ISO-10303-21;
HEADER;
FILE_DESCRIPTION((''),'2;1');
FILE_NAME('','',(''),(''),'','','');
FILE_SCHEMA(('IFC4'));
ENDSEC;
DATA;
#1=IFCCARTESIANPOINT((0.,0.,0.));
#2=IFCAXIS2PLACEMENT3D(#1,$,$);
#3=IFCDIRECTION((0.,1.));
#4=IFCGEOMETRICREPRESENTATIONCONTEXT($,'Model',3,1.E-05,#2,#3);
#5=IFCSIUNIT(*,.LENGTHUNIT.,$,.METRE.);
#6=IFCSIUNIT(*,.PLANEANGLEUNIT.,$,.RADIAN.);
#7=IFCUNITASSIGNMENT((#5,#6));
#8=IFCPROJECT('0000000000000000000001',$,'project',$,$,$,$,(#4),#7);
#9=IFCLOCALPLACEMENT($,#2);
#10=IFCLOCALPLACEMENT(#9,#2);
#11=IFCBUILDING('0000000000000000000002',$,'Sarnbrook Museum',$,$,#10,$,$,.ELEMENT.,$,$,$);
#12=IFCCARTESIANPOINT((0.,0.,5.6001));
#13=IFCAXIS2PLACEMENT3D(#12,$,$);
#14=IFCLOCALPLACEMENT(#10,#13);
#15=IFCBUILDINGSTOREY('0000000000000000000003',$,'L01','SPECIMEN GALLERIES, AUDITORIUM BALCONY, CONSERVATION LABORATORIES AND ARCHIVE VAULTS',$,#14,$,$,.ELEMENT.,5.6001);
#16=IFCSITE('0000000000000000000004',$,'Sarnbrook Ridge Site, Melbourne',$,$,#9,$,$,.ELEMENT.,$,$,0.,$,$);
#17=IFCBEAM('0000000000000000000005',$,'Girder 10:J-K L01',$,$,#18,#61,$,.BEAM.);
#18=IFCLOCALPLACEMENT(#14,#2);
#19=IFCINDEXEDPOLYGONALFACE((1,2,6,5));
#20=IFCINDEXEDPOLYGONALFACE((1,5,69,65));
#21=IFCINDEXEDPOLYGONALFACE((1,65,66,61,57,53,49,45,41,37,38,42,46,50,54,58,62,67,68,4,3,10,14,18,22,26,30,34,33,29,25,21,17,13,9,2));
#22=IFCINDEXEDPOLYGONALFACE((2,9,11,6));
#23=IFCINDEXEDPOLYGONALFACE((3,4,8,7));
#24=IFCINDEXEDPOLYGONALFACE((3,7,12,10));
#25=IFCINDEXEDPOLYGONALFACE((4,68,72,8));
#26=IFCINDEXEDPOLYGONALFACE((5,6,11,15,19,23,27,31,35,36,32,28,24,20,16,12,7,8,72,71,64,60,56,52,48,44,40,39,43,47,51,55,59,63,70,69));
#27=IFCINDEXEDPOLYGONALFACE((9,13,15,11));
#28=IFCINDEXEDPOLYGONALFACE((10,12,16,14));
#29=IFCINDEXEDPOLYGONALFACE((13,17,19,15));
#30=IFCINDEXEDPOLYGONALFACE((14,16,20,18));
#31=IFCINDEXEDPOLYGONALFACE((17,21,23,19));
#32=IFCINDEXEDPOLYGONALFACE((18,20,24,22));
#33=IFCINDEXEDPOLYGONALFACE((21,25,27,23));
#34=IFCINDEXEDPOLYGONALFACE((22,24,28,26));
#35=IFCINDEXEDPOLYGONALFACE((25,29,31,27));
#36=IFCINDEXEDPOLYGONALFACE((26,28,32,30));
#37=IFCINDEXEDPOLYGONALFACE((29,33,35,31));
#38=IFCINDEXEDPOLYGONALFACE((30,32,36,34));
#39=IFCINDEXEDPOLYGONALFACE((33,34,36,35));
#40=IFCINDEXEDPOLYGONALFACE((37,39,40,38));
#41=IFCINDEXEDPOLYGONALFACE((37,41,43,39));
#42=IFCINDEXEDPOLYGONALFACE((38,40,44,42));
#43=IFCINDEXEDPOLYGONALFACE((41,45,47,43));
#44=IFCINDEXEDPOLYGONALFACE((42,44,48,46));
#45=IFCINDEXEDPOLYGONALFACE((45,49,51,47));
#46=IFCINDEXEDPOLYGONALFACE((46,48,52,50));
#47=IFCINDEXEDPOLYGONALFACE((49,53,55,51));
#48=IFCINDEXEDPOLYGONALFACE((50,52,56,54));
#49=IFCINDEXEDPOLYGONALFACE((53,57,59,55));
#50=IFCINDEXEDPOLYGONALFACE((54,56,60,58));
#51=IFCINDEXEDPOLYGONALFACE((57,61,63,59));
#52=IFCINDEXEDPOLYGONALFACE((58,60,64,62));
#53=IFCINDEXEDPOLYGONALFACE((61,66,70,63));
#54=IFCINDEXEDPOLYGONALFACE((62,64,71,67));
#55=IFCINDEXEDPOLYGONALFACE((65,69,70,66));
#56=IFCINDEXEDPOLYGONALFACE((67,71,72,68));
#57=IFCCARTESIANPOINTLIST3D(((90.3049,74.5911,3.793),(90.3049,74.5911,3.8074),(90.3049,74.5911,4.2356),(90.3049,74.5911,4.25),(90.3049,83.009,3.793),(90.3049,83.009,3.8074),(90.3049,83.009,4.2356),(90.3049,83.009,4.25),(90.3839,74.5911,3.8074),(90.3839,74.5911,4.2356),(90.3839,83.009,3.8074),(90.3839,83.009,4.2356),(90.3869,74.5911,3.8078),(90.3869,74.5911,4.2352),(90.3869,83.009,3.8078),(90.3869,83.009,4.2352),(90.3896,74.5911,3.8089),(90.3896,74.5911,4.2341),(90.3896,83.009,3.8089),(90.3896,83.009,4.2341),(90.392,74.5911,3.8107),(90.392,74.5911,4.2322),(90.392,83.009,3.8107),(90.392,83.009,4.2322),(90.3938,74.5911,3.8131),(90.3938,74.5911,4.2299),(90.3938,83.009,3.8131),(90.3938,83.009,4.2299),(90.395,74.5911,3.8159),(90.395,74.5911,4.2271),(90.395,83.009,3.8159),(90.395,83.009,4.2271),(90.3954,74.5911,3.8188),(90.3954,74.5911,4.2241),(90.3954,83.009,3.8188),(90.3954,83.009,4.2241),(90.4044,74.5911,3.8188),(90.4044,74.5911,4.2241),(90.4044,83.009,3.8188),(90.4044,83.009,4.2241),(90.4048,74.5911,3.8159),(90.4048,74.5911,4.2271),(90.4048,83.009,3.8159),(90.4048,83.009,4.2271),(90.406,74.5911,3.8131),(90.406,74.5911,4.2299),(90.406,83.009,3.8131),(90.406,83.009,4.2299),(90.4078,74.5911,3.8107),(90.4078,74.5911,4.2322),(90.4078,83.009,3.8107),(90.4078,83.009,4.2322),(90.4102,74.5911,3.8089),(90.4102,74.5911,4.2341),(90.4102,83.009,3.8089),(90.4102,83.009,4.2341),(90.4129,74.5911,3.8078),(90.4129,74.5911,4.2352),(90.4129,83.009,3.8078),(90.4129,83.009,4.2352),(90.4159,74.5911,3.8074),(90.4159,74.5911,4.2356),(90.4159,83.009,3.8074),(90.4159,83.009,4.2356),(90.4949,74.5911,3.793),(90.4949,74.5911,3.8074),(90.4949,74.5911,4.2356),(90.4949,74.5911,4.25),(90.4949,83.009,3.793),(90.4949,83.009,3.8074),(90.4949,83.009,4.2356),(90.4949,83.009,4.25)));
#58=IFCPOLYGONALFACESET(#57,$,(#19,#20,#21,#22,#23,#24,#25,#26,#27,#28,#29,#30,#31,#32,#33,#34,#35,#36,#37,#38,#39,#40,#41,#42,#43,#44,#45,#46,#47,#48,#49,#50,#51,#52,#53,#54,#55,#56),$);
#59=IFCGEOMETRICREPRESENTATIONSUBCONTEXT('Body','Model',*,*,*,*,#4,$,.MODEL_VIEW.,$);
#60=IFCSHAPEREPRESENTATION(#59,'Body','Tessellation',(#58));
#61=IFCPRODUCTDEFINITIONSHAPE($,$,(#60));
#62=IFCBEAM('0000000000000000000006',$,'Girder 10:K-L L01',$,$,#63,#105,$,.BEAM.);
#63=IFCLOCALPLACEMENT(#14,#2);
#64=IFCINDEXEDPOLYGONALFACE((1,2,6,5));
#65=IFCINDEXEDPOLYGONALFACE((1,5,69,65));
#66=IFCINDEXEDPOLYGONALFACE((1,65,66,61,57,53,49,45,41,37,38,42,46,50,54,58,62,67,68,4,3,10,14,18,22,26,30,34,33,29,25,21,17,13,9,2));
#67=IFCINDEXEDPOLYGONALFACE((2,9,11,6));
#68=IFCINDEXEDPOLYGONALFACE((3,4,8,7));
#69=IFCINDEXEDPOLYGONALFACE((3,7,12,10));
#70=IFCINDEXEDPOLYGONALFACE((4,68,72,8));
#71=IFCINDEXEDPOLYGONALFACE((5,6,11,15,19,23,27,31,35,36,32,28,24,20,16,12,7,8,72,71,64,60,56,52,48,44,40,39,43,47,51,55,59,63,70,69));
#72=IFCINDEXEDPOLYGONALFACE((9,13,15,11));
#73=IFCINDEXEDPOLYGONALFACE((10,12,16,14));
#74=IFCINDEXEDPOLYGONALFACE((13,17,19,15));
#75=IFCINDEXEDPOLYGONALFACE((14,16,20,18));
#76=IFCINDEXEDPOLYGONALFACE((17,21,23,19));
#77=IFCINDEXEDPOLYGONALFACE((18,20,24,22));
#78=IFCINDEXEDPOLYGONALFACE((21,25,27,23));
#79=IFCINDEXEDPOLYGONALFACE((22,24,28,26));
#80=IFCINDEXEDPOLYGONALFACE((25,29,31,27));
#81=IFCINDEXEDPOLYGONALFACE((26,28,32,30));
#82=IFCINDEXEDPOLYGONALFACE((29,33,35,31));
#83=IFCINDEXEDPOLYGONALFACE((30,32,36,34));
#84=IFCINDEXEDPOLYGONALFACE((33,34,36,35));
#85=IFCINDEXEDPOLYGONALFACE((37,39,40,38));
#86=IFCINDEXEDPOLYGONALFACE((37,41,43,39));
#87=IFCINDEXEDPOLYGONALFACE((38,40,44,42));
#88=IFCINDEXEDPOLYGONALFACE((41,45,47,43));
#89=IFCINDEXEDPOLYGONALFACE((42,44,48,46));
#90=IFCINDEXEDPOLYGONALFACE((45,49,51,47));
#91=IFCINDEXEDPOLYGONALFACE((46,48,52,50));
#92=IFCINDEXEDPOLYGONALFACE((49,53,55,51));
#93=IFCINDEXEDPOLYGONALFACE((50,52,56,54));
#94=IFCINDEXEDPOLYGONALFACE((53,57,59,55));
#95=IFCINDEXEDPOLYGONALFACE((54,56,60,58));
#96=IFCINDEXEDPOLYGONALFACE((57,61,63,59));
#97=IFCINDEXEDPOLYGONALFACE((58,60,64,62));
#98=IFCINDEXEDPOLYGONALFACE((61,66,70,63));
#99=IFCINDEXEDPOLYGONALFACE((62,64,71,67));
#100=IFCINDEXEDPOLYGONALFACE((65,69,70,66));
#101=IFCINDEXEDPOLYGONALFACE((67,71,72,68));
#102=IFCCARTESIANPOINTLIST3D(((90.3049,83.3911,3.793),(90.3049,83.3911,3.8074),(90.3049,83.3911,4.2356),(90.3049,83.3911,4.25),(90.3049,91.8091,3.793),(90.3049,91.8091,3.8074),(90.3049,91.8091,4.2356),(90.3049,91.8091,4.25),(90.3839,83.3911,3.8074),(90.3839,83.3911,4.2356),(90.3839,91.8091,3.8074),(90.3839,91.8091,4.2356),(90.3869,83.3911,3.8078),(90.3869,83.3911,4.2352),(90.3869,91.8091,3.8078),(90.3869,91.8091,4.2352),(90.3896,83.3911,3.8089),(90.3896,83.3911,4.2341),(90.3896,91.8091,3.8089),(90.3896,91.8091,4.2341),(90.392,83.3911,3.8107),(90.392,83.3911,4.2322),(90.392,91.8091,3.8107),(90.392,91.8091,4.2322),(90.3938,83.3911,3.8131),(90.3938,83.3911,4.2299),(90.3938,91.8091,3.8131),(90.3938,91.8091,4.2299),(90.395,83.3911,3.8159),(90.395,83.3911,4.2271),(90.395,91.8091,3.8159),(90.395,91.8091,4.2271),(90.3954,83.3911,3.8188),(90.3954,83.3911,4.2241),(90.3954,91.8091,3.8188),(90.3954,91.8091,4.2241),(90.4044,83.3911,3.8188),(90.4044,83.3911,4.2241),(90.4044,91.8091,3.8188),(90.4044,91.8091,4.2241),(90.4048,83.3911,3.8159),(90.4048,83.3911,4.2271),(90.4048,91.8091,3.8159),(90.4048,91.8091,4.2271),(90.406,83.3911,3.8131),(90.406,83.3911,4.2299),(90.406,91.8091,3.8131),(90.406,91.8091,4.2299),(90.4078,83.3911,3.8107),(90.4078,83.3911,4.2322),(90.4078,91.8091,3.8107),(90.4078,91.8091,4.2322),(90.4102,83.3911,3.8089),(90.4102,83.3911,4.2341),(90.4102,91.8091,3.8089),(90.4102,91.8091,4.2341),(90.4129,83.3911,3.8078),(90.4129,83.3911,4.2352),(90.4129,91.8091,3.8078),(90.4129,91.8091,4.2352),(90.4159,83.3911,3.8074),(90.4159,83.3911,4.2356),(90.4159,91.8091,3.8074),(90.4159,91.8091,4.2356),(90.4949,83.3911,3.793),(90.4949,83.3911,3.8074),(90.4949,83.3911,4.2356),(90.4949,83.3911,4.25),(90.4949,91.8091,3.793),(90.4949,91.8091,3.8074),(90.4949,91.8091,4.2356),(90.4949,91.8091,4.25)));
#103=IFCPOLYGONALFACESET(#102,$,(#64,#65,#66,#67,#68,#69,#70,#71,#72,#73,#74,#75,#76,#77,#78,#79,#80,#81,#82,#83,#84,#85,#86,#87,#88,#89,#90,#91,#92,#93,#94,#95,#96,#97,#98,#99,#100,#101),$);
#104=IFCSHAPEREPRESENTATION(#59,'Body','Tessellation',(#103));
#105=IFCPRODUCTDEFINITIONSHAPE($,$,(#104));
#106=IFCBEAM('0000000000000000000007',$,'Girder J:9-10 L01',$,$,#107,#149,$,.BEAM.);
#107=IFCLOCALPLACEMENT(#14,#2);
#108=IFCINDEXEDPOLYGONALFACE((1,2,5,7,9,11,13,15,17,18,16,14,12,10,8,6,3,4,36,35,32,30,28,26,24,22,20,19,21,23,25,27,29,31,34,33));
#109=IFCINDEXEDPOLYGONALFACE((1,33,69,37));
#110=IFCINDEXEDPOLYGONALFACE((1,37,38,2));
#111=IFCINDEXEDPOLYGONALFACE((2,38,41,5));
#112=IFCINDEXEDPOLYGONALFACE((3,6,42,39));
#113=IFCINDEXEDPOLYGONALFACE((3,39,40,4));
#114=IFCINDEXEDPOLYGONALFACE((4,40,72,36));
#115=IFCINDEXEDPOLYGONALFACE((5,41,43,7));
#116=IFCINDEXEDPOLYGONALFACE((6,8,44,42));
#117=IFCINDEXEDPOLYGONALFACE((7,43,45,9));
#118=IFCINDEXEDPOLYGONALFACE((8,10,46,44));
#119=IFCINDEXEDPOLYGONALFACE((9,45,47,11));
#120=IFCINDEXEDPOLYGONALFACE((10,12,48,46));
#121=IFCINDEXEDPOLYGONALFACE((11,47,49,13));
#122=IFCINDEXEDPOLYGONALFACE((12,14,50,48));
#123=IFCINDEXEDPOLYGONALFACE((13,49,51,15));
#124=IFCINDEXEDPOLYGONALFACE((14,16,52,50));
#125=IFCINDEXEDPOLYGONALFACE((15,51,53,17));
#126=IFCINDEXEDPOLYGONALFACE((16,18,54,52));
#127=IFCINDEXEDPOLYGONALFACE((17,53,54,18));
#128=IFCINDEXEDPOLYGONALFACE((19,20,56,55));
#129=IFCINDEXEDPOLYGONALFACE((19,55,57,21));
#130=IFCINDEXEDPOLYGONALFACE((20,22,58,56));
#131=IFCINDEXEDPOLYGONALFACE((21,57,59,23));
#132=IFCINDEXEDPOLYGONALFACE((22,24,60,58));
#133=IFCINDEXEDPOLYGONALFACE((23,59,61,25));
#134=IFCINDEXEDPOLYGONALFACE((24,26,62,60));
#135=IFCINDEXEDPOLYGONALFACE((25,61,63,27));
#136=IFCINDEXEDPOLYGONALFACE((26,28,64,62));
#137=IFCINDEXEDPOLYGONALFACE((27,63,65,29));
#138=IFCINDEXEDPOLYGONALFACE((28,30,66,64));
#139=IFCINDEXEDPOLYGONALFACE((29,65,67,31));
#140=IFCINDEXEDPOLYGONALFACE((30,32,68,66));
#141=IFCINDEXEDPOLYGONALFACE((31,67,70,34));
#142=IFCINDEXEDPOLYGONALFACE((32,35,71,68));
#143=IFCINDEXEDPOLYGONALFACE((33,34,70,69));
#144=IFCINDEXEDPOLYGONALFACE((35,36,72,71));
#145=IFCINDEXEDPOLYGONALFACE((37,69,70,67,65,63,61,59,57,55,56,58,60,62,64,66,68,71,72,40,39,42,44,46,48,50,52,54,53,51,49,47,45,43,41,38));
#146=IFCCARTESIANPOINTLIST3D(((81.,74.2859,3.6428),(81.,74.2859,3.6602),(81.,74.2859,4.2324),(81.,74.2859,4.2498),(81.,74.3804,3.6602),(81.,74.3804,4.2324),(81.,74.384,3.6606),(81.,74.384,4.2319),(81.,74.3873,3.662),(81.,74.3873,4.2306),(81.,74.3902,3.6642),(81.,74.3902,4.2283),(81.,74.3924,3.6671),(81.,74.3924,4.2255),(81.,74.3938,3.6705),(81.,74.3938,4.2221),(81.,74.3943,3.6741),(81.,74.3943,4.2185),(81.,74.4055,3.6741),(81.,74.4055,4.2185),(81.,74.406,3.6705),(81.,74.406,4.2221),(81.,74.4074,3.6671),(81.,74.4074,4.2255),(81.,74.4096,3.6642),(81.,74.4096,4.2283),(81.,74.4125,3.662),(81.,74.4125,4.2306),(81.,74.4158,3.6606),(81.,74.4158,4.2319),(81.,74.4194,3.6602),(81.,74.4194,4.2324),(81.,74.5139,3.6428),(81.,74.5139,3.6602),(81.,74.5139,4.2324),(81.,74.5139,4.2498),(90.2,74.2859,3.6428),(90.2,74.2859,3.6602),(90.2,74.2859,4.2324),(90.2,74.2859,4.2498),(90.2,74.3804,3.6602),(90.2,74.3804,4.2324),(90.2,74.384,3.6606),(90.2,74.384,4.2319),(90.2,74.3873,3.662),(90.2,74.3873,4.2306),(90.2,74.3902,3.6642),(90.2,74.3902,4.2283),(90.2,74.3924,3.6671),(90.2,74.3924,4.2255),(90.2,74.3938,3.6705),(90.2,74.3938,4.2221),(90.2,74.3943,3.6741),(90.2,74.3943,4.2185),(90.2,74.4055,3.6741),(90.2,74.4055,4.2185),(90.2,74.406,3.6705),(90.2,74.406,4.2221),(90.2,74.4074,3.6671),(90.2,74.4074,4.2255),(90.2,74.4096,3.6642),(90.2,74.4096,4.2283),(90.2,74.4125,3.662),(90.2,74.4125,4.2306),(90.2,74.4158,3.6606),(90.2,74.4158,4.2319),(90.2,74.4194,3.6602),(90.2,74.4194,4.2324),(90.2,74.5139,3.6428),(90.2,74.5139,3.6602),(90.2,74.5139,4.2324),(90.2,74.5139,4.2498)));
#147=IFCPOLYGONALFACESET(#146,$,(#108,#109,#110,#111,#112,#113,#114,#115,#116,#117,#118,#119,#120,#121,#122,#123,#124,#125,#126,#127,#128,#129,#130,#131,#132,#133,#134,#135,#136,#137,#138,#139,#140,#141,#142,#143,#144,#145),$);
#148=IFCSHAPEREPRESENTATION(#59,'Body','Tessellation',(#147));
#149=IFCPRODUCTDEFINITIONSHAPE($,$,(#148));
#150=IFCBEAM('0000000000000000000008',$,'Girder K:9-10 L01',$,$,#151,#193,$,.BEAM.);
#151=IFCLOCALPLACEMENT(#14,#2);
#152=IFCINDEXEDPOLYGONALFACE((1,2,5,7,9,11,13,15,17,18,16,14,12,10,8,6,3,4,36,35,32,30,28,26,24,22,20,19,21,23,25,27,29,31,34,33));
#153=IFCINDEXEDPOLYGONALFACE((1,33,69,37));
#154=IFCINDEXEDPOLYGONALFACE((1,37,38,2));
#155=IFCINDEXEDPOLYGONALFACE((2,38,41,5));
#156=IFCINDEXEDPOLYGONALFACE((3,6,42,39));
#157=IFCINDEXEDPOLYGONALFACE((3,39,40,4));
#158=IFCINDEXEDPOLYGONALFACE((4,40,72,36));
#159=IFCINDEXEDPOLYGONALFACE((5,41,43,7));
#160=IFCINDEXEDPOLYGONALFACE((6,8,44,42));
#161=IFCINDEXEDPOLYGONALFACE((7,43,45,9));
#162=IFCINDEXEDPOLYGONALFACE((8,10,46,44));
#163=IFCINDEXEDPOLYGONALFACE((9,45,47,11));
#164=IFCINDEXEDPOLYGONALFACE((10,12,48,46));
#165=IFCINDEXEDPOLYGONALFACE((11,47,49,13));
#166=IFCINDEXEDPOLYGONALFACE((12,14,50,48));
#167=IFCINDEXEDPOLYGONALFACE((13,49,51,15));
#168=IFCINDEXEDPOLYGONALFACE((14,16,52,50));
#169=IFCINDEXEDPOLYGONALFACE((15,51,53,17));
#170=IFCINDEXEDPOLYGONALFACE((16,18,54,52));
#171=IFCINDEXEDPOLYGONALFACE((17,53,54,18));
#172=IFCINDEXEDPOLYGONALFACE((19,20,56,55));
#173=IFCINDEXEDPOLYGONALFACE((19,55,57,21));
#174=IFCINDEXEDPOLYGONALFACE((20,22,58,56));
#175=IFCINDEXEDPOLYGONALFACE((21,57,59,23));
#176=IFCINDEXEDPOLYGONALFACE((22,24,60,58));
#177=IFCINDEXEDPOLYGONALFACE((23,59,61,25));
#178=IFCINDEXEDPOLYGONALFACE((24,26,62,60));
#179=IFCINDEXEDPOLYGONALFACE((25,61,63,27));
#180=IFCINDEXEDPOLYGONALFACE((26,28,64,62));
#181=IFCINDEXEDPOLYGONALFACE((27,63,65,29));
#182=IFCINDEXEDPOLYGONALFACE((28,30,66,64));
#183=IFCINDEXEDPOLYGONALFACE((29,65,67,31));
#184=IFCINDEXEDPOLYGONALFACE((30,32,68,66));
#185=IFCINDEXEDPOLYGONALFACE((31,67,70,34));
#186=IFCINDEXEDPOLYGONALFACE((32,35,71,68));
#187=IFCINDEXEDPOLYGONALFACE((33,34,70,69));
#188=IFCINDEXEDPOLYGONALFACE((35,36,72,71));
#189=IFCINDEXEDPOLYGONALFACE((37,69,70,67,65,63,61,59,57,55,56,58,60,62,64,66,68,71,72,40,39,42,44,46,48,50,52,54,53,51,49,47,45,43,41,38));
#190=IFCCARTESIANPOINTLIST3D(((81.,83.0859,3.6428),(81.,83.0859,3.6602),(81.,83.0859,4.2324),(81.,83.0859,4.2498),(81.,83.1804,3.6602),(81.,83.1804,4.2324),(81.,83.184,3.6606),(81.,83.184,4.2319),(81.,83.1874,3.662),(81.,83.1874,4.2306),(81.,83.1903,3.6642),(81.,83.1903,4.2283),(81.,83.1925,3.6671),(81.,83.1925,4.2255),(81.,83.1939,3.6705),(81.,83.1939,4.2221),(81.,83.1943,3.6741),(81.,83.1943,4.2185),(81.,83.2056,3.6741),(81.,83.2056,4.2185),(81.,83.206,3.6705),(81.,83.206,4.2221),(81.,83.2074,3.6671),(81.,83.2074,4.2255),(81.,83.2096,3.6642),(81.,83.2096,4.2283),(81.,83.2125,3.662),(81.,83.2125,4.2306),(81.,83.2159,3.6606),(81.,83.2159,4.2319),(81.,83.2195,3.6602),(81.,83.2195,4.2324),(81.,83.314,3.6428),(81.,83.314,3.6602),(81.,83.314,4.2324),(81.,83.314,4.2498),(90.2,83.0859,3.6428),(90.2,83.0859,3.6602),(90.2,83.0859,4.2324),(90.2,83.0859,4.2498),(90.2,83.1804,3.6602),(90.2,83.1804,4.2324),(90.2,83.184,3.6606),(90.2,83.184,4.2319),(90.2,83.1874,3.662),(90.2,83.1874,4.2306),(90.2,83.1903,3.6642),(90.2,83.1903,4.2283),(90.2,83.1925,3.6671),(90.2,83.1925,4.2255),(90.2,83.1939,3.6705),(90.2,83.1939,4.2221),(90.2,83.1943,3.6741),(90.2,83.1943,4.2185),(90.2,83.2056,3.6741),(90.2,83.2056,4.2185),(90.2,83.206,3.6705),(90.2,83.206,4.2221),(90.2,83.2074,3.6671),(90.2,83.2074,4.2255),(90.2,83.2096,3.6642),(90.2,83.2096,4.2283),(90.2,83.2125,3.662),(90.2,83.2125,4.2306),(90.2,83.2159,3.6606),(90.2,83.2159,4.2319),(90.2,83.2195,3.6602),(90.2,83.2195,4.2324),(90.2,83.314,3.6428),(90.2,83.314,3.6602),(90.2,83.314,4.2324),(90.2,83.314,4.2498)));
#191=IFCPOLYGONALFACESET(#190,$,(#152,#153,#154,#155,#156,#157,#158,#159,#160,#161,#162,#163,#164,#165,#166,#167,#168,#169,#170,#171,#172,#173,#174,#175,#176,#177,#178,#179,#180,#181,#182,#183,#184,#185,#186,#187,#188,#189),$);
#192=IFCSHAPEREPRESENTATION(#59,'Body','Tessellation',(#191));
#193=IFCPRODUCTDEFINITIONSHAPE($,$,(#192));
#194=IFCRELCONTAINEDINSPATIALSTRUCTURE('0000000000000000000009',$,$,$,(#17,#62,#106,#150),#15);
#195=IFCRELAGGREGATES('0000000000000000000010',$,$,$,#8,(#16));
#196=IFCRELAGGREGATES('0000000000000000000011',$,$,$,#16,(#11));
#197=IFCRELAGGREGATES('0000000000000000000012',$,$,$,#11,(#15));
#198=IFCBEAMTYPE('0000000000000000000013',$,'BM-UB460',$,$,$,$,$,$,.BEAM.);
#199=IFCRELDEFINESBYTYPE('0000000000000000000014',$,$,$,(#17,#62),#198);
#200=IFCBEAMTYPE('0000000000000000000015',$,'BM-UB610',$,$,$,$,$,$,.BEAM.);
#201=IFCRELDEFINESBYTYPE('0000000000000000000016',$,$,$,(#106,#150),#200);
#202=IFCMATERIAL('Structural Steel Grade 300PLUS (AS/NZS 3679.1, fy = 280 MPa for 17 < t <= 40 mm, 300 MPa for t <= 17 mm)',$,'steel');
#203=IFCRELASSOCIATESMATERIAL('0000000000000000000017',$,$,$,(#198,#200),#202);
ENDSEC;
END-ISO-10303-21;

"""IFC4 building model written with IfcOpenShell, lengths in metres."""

from ifc_helpers import new_model, si_unit, direction, frame, origin, origin_2d, place, context, subcontext, project, spatial, i_section, extrude, material, material_profile, profile_set, type_object, element, save


model = new_model("IFC4")

# Units and contexts
model_context = context("Model", 3, precision=1e-05, world=origin(), true_north=direction((0.0, 1.0)))
body_context = subcontext(model_context, "Body", "Model", "MODEL_VIEW")
ifc_project = project(units=[si_unit("LENGTHUNIT", "METRE"), si_unit("PLANEANGLEUNIT", "RADIAN")], contexts=[model_context])

# Site, building, storey
site_placement = place(None, origin())
site = spatial("IfcSite", under=ifc_project, at=site_placement, Name="Sarnbrook Ridge Site, Melbourne", CompositionType="ELEMENT", RefElevation=0.0)
building_placement = place(site_placement, origin())
building = spatial("IfcBuilding", under=site, at=building_placement, Name="Sarnbrook Museum", CompositionType="ELEMENT")
storey_placement = place(building_placement, frame((0.0, 0.0, 5.6001)))
storey = spatial("IfcBuildingStorey", under=building, at=storey_placement, Name="L01", Description="SPECIMEN GALLERIES, AUDITORIUM BALCONY, CONSERVATION LABORATORIES AND ARCHIVE VAULTS", CompositionType="ELEMENT", Elevation=5.6001)

# Beams
ifc_material_1 = material(Name="Structural Steel Grade 300PLUS (AS/NZS 3679.1, fy = 280 MPa for 17 < t <= 40 mm, 300 MPa for t <= 17 mm)", Category="steel")
ifc_material_profile_1 = material_profile(ifc_material_1, i_section(OverallWidth=0.1899, OverallDepth=0.457, WebThickness=0.009, FlangeThickness=0.0144, FilletRadius=0.0115, at=origin_2d()), Name="460UB74.6")
ifc_profile_set_1 = profile_set([ifc_material_profile_1], Name="Structural Steel Grade 300PLUS (AS/NZS 3679.1, fy = 280 MPa for 17 < t <= 40 mm, 300 MPa for t <= 17 mm)")
beam_type_1 = type_object("IfcBeamType", Name="BM-UB460", PredefinedType="BEAM", material=ifc_profile_set_1)
for number, where, z_axis, x_axis, name in (
    (1, (90.3999, 74.5911, 4.0215), (0.0, 1.0, 0.0), (-1.0, 0.0, 0.0), "Girder 10:J-K L01"),
    (2, (90.3999, 83.3911, 4.0215), (0.0, 1.0, 0.0), (-1.0, 0.0, 0.0), "Girder 10:K-L L01"),
):
    element("IfcBeam", number, at=place(storey_placement, frame(where, z_axis=z_axis, x_axis=x_axis)), inside=storey, type_object=beam_type_1, Name=name, PredefinedType="BEAM", context=body_context, shape_type="SweptSolid", body=[
        extrude(i_section(OverallWidth=0.1899, OverallDepth=0.457, WebThickness=0.009, FlangeThickness=0.0144, FilletRadius=0.0115, at=origin_2d()), origin(), (0.0, 0.0, 1.0), 8.418),
    ])
ifc_material_profile_2 = material_profile(ifc_material_1, i_section(OverallWidth=0.228, OverallDepth=0.6069, WebThickness=0.0112, FlangeThickness=0.0173, FilletRadius=0.0139, at=origin_2d()), Name="610UB113")
ifc_profile_set_2 = profile_set([ifc_material_profile_2], Name="Structural Steel Grade 300PLUS (AS/NZS 3679.1, fy = 280 MPa for 17 < t <= 40 mm, 300 MPa for t <= 17 mm)")
beam_type_2 = type_object("IfcBeamType", Name="BM-UB610", PredefinedType="BEAM", material=ifc_profile_set_2)
for number, where, z_axis, x_axis, name in (
    (3, (81.0, 74.3999, 3.9463), (1.0, 0.0, 0.0), (0.0, 1.0, 0.0), "Girder J:9-10 L01"),
    (4, (81.0, 83.2, 3.9463), (1.0, 0.0, 0.0), (0.0, 1.0, 0.0), "Girder K:9-10 L01"),
):
    element("IfcBeam", number, at=place(storey_placement, frame(where, z_axis=z_axis, x_axis=x_axis)), inside=storey, type_object=beam_type_2, Name=name, PredefinedType="BEAM", context=body_context, shape_type="SweptSolid", body=[
        extrude(i_section(OverallWidth=0.228, OverallDepth=0.6069, WebThickness=0.0112, FlangeThickness=0.0173, FilletRadius=0.0139, at=origin_2d()), origin(), (0.0, 0.0, 1.0), 9.2),
    ])

save(model, "model.ifc")
